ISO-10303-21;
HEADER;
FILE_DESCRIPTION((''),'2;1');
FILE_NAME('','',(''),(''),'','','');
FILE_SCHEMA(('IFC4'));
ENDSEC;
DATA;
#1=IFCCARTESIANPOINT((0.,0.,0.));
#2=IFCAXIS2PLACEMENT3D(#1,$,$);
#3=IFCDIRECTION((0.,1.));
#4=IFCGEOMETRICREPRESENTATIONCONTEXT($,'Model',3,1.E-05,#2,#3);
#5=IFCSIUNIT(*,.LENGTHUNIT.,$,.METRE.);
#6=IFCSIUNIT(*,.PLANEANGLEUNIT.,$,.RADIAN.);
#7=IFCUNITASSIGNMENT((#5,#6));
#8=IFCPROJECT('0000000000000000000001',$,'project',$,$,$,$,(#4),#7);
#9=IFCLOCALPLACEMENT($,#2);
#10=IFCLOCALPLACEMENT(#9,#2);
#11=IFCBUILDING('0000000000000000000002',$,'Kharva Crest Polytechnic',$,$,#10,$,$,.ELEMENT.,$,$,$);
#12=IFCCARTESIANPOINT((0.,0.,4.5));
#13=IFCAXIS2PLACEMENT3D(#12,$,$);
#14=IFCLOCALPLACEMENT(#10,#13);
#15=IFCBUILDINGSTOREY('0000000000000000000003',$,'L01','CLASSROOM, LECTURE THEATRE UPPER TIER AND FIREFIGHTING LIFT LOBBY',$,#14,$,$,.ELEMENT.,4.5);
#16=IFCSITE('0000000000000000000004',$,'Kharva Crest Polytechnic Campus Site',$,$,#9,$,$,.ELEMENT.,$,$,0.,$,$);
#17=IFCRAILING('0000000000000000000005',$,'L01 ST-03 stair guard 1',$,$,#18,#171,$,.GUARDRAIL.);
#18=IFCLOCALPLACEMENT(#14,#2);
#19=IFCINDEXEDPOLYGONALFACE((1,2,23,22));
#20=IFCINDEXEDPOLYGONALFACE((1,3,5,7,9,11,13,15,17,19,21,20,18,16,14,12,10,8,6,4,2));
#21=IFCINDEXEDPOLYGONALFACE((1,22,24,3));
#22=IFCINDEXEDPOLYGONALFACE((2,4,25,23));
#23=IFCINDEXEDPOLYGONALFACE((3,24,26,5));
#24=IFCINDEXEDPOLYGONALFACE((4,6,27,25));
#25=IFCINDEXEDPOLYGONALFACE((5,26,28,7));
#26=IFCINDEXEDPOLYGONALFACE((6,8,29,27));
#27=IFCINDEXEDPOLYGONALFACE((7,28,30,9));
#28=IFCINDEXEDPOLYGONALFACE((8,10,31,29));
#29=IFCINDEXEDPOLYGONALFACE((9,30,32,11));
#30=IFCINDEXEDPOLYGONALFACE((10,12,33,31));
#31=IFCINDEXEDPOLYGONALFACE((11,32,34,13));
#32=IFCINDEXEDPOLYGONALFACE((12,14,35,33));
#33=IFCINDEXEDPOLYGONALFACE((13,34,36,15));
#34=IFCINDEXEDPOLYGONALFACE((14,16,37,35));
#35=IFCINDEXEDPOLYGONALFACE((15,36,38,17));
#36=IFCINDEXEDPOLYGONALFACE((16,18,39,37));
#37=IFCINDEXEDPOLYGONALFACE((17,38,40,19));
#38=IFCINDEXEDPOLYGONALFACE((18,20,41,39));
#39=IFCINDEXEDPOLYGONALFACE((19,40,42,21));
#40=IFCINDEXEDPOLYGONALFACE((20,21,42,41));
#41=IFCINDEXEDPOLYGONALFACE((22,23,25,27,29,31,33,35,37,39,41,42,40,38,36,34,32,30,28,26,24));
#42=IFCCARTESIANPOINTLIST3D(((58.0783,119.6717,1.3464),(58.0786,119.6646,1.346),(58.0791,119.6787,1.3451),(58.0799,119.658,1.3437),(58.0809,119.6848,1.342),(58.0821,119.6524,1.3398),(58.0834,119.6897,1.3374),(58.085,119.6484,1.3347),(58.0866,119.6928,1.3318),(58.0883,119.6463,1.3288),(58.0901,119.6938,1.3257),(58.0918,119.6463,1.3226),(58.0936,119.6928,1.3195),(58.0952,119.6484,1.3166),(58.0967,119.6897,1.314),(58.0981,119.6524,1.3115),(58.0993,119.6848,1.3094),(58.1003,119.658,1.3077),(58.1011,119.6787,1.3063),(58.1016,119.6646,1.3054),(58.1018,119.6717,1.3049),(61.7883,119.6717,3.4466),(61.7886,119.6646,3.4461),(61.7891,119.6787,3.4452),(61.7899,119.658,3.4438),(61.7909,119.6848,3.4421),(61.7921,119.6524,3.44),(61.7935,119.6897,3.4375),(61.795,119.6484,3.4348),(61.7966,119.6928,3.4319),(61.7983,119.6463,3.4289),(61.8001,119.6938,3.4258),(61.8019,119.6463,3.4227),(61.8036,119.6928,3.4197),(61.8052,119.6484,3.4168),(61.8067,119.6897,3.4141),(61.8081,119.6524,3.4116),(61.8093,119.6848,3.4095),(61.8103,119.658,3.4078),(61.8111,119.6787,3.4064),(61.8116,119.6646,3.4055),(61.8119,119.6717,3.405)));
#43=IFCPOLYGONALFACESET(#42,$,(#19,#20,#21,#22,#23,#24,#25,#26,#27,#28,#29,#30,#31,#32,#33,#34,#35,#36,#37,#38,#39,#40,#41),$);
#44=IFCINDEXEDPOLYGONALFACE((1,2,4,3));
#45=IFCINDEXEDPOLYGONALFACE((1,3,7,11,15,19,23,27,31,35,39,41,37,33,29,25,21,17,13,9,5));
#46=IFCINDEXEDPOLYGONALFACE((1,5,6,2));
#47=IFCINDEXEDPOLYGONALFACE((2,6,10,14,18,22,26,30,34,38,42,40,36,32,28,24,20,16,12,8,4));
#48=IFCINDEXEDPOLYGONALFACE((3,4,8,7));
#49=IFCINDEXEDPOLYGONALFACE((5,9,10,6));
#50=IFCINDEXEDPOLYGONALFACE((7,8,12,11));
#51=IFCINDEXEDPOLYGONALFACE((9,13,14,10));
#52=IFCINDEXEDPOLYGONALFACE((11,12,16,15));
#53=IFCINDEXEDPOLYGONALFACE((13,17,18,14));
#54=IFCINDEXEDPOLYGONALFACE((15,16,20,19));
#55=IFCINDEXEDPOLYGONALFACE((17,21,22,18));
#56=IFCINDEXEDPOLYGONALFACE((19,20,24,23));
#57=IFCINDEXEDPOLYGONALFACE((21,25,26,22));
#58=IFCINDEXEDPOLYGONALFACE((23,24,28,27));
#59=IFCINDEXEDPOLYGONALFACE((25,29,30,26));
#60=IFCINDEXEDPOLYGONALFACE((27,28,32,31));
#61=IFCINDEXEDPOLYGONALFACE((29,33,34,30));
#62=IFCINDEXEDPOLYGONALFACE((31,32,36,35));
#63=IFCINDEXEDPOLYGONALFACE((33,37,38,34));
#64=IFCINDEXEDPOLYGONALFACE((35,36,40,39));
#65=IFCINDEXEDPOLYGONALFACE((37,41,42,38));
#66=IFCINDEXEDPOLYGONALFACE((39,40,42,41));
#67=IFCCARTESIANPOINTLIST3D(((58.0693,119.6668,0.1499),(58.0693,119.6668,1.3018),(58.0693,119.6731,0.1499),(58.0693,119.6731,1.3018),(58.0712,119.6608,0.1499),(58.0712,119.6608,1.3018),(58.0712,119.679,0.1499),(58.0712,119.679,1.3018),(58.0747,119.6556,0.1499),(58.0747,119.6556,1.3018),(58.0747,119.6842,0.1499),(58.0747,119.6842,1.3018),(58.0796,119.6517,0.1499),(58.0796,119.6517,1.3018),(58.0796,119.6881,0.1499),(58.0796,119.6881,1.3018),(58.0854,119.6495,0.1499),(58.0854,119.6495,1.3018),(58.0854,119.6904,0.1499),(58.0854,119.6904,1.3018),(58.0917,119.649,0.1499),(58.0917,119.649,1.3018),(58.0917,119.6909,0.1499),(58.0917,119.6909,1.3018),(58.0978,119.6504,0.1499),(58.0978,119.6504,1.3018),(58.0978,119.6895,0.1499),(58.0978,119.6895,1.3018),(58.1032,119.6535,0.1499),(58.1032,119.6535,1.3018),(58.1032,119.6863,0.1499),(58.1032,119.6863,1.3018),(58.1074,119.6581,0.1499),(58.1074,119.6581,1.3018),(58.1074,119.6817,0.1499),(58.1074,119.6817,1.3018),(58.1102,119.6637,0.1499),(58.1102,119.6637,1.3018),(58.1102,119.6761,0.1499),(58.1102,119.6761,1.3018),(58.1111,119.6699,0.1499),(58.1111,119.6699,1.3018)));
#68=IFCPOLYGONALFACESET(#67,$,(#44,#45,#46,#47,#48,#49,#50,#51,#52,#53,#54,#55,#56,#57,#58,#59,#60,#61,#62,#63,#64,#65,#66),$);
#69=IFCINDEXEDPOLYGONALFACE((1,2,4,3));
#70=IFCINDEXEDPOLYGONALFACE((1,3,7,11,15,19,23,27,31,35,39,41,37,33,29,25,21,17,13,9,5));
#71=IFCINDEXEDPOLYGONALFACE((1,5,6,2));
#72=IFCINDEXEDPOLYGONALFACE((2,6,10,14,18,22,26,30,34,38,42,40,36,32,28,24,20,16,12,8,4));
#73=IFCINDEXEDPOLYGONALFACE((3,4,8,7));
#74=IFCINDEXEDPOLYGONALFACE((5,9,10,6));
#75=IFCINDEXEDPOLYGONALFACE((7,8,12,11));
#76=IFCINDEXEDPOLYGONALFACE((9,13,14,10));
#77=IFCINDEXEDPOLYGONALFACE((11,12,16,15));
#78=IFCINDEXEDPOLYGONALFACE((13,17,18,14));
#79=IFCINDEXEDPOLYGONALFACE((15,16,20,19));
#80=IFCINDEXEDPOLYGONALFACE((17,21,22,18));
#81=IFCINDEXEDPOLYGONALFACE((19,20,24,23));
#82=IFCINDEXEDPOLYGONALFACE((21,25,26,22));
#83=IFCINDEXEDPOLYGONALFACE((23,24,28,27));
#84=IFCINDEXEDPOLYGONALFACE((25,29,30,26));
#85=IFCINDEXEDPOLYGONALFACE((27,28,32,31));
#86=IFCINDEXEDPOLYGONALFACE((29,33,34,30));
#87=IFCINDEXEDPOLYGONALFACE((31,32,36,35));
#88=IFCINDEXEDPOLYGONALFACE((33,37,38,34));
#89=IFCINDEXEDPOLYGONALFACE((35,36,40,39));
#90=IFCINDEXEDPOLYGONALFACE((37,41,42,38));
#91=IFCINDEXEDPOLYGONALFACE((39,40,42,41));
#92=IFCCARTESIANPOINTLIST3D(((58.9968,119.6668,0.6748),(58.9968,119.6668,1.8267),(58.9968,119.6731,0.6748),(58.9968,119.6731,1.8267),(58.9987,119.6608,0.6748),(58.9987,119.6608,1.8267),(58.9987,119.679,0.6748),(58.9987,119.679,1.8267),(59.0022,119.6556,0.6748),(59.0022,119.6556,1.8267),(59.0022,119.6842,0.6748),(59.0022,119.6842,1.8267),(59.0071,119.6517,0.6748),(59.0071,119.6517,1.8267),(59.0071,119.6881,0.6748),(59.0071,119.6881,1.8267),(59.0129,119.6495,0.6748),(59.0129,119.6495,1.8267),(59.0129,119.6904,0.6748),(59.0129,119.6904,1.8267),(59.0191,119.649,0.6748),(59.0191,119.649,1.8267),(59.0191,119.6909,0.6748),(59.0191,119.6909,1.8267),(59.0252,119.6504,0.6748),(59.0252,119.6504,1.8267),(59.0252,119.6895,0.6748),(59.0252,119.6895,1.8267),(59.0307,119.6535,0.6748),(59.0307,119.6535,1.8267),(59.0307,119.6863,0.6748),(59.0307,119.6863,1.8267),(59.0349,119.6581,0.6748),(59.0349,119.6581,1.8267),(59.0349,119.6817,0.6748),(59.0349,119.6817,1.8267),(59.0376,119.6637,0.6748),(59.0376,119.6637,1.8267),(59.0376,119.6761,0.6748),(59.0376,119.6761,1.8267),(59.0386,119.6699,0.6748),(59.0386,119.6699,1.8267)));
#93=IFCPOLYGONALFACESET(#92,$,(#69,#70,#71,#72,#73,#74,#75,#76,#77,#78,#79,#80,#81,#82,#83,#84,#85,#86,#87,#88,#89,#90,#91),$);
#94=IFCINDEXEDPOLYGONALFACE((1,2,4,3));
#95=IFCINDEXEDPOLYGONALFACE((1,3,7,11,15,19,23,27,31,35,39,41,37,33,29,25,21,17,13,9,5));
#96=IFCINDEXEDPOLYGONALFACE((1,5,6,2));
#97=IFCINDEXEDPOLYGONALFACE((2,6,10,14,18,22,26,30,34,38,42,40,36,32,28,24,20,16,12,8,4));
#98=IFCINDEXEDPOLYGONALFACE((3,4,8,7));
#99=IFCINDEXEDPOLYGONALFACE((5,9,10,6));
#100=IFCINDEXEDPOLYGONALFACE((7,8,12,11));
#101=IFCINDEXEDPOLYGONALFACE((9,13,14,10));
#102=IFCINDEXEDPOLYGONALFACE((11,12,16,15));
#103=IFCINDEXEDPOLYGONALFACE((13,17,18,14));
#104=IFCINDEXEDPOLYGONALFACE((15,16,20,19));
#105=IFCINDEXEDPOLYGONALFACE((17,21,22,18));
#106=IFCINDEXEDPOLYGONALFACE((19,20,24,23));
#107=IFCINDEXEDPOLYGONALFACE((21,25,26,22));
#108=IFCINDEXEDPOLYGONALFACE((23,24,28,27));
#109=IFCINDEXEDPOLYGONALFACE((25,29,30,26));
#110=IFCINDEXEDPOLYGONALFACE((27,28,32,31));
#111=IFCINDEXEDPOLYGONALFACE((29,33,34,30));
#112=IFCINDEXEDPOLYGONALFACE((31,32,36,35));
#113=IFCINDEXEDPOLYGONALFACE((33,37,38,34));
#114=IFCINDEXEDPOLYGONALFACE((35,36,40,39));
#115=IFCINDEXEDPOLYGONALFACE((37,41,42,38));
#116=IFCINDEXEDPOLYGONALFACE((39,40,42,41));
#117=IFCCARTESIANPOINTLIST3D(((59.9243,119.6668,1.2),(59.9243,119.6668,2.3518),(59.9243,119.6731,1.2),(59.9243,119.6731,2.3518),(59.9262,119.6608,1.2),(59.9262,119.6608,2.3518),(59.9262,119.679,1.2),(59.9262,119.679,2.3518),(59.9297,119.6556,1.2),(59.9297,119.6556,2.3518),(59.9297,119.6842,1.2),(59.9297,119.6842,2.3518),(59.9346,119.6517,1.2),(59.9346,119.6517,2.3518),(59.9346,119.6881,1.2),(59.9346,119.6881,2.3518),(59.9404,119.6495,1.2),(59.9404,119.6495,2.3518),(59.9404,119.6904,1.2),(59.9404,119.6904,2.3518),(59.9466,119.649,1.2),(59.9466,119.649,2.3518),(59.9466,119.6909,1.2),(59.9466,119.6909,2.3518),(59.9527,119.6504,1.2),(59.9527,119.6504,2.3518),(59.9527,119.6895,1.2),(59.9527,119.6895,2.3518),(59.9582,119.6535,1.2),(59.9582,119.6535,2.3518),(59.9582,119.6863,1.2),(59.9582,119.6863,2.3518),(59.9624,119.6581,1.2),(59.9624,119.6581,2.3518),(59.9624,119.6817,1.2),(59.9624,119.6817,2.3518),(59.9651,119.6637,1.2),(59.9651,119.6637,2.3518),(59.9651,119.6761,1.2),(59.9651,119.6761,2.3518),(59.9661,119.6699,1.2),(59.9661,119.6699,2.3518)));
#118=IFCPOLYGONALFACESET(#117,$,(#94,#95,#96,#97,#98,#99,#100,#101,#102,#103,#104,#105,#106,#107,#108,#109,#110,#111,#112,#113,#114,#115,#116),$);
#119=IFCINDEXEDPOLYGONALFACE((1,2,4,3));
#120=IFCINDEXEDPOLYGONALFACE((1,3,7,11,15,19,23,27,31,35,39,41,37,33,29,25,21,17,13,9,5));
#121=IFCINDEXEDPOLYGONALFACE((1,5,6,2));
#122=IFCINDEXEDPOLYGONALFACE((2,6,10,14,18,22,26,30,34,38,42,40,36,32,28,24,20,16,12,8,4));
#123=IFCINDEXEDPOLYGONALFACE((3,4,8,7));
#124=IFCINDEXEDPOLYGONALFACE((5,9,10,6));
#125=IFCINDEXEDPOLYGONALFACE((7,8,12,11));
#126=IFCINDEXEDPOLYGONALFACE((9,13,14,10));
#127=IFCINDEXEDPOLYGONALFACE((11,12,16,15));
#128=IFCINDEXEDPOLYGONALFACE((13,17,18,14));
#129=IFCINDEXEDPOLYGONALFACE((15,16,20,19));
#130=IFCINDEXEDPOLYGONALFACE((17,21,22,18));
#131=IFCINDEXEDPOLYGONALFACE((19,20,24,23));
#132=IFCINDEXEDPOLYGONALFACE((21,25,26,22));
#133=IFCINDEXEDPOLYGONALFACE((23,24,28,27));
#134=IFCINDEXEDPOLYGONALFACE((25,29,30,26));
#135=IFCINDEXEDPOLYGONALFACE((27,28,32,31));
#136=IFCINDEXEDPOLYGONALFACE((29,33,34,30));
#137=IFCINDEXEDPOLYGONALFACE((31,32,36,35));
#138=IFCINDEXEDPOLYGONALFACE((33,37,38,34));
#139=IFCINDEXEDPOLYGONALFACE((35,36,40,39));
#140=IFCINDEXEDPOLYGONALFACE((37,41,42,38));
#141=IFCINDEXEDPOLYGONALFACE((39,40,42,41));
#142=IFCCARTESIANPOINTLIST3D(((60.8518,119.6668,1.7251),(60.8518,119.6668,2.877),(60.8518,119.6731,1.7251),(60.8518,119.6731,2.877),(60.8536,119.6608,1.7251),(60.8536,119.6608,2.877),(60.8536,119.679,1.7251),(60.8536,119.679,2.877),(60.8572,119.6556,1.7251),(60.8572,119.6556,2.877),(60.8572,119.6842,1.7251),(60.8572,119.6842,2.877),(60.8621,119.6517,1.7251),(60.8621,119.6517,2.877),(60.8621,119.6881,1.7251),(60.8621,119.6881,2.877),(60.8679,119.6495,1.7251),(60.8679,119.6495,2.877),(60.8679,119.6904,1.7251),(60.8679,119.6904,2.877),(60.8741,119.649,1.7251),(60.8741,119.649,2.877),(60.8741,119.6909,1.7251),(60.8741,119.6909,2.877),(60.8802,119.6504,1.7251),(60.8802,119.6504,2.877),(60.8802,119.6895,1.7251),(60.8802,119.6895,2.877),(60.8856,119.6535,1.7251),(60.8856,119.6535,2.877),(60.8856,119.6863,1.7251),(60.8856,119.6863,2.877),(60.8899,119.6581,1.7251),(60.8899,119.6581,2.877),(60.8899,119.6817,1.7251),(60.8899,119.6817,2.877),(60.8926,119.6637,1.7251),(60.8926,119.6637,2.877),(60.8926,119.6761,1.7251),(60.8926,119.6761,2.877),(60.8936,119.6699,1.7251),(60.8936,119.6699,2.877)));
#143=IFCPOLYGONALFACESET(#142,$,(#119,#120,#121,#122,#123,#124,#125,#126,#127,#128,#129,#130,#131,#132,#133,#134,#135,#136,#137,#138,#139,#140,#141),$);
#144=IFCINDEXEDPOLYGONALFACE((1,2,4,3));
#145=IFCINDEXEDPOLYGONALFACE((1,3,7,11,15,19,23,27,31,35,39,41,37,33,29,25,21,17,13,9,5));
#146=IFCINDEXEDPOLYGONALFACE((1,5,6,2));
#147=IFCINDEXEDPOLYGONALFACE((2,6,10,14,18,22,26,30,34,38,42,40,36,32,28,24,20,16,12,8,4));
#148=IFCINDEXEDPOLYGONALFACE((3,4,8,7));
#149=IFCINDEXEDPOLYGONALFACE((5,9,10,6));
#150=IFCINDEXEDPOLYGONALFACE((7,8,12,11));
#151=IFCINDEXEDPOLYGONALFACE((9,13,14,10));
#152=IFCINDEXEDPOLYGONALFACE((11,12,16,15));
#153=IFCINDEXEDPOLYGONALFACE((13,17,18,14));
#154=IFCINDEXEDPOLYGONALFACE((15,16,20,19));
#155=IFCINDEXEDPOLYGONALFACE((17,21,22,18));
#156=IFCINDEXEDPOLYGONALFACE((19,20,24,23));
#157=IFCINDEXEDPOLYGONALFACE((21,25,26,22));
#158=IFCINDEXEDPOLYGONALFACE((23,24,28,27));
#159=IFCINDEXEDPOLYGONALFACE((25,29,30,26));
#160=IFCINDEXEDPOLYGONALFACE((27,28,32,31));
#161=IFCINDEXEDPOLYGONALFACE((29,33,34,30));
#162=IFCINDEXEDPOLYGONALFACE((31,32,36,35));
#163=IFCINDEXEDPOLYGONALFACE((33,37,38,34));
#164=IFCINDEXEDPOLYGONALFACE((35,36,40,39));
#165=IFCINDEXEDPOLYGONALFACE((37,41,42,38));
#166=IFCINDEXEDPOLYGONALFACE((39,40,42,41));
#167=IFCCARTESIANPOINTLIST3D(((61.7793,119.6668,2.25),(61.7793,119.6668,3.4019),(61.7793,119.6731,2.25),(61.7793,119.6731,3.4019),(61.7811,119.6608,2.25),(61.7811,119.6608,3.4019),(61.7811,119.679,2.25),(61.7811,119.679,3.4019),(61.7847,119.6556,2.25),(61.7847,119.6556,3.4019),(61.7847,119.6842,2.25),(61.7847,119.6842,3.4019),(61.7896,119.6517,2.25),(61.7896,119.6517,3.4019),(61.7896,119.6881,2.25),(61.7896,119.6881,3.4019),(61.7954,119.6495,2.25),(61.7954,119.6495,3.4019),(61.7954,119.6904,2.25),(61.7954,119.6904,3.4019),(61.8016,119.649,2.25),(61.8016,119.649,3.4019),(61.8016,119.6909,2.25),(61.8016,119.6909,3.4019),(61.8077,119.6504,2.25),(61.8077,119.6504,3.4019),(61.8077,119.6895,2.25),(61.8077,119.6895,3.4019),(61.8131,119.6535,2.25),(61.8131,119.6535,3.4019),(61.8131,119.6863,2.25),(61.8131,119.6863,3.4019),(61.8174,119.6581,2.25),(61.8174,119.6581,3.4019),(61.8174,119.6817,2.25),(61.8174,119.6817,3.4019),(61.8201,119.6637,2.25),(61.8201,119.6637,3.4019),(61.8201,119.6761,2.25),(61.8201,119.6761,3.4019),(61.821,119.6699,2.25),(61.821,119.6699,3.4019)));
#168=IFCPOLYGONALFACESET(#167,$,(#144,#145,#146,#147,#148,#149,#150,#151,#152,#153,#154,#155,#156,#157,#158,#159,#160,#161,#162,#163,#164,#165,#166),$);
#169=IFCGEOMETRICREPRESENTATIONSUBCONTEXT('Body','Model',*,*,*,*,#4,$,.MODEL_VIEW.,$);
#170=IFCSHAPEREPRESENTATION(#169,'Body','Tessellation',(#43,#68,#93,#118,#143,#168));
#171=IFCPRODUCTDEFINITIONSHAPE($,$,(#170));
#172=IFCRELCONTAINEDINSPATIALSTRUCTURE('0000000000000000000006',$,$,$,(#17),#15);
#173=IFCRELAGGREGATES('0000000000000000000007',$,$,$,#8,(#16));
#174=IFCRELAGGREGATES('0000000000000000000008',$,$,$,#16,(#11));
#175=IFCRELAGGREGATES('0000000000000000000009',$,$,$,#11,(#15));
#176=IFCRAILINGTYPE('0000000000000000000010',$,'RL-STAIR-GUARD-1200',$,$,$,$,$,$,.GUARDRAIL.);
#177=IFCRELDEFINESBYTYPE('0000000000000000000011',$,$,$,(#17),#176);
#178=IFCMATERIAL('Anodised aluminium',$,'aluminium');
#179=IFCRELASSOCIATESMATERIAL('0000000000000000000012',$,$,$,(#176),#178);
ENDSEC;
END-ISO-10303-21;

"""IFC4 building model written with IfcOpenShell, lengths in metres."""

from ifc_helpers import new_model, si_unit, direction, frame, origin, origin_2d, place, context, subcontext, project, spatial, circle, extrude, material, type_object, element, save


model = new_model("IFC4")

# Units and contexts
model_context = context("Model", 3, precision=1e-05, world=origin(), true_north=direction((0.0, 1.0)))
body_context = subcontext(model_context, "Body", "Model", "MODEL_VIEW")
ifc_project = project(units=[si_unit("LENGTHUNIT", "METRE"), si_unit("PLANEANGLEUNIT", "RADIAN")], contexts=[model_context])

# Site, building, storey
site_placement = place(None, origin())
site = spatial("IfcSite", under=ifc_project, at=site_placement, Name="Kharva Crest Polytechnic Campus Site", CompositionType="ELEMENT", RefElevation=0.0)
building_placement = place(site_placement, origin())
building = spatial("IfcBuilding", under=site, at=building_placement, Name="Kharva Crest Polytechnic", CompositionType="ELEMENT")
storey_placement = place(building_placement, frame((0.0, 0.0, 4.5)))
storey = spatial("IfcBuildingStorey", under=building, at=storey_placement, Name="L01", Description="CLASSROOM, LECTURE THEATRE UPPER TIER AND FIREFIGHTING LIFT LOBBY", CompositionType="ELEMENT", Elevation=4.5)

# Shared definitions
ifc_material_1 = material(Name="Anodised aluminium", Category="aluminium")

# Railing
railing_type_1 = type_object("IfcRailingType", Name="RL-STAIR-GUARD-1200", PredefinedType="GUARDRAIL", material=ifc_material_1)
railing_1_placement = place(storey_placement, frame((58.0901, 119.6699, 0.1499)))
element("IfcRailing", 1, at=railing_1_placement, inside=storey, type_object=railing_type_1, Name="L01 ST-03 stair guard 1", PredefinedType="GUARDRAIL", context=body_context, shape_type="SweptSolid", body=[
    extrude(circle(Radius=0.0239, at=origin_2d()), frame((0.0, 0.0, 1.1758), z_axis=(0.870245, 0.0, 0.492619), x_axis=(0.0, 1.0, 0.0)), (0.0, 0.0, 1.0), 4.2632),
    extrude(circle(Radius=0.021, at=origin_2d()), origin(), (0.0, 0.0, 1.0), 1.1519),
    extrude(circle(Radius=0.021, at=origin_2d()), frame((0.9275, 0.0, 0.5249)), (0.0, 0.0, 1.0), 1.1519),
    extrude(circle(Radius=0.021, at=origin_2d()), frame((1.855, 0.0, 1.05)), (0.0, 0.0, 1.0), 1.1519),
    extrude(circle(Radius=0.021, at=origin_2d()), frame((2.7825, 0.0, 1.5752)), (0.0, 0.0, 1.0), 1.1519),
    extrude(circle(Radius=0.021, at=origin_2d()), frame((3.71, 0.0, 2.1001)), (0.0, 0.0, 1.0), 1.1519),
])

save(model, "model.ifc")
